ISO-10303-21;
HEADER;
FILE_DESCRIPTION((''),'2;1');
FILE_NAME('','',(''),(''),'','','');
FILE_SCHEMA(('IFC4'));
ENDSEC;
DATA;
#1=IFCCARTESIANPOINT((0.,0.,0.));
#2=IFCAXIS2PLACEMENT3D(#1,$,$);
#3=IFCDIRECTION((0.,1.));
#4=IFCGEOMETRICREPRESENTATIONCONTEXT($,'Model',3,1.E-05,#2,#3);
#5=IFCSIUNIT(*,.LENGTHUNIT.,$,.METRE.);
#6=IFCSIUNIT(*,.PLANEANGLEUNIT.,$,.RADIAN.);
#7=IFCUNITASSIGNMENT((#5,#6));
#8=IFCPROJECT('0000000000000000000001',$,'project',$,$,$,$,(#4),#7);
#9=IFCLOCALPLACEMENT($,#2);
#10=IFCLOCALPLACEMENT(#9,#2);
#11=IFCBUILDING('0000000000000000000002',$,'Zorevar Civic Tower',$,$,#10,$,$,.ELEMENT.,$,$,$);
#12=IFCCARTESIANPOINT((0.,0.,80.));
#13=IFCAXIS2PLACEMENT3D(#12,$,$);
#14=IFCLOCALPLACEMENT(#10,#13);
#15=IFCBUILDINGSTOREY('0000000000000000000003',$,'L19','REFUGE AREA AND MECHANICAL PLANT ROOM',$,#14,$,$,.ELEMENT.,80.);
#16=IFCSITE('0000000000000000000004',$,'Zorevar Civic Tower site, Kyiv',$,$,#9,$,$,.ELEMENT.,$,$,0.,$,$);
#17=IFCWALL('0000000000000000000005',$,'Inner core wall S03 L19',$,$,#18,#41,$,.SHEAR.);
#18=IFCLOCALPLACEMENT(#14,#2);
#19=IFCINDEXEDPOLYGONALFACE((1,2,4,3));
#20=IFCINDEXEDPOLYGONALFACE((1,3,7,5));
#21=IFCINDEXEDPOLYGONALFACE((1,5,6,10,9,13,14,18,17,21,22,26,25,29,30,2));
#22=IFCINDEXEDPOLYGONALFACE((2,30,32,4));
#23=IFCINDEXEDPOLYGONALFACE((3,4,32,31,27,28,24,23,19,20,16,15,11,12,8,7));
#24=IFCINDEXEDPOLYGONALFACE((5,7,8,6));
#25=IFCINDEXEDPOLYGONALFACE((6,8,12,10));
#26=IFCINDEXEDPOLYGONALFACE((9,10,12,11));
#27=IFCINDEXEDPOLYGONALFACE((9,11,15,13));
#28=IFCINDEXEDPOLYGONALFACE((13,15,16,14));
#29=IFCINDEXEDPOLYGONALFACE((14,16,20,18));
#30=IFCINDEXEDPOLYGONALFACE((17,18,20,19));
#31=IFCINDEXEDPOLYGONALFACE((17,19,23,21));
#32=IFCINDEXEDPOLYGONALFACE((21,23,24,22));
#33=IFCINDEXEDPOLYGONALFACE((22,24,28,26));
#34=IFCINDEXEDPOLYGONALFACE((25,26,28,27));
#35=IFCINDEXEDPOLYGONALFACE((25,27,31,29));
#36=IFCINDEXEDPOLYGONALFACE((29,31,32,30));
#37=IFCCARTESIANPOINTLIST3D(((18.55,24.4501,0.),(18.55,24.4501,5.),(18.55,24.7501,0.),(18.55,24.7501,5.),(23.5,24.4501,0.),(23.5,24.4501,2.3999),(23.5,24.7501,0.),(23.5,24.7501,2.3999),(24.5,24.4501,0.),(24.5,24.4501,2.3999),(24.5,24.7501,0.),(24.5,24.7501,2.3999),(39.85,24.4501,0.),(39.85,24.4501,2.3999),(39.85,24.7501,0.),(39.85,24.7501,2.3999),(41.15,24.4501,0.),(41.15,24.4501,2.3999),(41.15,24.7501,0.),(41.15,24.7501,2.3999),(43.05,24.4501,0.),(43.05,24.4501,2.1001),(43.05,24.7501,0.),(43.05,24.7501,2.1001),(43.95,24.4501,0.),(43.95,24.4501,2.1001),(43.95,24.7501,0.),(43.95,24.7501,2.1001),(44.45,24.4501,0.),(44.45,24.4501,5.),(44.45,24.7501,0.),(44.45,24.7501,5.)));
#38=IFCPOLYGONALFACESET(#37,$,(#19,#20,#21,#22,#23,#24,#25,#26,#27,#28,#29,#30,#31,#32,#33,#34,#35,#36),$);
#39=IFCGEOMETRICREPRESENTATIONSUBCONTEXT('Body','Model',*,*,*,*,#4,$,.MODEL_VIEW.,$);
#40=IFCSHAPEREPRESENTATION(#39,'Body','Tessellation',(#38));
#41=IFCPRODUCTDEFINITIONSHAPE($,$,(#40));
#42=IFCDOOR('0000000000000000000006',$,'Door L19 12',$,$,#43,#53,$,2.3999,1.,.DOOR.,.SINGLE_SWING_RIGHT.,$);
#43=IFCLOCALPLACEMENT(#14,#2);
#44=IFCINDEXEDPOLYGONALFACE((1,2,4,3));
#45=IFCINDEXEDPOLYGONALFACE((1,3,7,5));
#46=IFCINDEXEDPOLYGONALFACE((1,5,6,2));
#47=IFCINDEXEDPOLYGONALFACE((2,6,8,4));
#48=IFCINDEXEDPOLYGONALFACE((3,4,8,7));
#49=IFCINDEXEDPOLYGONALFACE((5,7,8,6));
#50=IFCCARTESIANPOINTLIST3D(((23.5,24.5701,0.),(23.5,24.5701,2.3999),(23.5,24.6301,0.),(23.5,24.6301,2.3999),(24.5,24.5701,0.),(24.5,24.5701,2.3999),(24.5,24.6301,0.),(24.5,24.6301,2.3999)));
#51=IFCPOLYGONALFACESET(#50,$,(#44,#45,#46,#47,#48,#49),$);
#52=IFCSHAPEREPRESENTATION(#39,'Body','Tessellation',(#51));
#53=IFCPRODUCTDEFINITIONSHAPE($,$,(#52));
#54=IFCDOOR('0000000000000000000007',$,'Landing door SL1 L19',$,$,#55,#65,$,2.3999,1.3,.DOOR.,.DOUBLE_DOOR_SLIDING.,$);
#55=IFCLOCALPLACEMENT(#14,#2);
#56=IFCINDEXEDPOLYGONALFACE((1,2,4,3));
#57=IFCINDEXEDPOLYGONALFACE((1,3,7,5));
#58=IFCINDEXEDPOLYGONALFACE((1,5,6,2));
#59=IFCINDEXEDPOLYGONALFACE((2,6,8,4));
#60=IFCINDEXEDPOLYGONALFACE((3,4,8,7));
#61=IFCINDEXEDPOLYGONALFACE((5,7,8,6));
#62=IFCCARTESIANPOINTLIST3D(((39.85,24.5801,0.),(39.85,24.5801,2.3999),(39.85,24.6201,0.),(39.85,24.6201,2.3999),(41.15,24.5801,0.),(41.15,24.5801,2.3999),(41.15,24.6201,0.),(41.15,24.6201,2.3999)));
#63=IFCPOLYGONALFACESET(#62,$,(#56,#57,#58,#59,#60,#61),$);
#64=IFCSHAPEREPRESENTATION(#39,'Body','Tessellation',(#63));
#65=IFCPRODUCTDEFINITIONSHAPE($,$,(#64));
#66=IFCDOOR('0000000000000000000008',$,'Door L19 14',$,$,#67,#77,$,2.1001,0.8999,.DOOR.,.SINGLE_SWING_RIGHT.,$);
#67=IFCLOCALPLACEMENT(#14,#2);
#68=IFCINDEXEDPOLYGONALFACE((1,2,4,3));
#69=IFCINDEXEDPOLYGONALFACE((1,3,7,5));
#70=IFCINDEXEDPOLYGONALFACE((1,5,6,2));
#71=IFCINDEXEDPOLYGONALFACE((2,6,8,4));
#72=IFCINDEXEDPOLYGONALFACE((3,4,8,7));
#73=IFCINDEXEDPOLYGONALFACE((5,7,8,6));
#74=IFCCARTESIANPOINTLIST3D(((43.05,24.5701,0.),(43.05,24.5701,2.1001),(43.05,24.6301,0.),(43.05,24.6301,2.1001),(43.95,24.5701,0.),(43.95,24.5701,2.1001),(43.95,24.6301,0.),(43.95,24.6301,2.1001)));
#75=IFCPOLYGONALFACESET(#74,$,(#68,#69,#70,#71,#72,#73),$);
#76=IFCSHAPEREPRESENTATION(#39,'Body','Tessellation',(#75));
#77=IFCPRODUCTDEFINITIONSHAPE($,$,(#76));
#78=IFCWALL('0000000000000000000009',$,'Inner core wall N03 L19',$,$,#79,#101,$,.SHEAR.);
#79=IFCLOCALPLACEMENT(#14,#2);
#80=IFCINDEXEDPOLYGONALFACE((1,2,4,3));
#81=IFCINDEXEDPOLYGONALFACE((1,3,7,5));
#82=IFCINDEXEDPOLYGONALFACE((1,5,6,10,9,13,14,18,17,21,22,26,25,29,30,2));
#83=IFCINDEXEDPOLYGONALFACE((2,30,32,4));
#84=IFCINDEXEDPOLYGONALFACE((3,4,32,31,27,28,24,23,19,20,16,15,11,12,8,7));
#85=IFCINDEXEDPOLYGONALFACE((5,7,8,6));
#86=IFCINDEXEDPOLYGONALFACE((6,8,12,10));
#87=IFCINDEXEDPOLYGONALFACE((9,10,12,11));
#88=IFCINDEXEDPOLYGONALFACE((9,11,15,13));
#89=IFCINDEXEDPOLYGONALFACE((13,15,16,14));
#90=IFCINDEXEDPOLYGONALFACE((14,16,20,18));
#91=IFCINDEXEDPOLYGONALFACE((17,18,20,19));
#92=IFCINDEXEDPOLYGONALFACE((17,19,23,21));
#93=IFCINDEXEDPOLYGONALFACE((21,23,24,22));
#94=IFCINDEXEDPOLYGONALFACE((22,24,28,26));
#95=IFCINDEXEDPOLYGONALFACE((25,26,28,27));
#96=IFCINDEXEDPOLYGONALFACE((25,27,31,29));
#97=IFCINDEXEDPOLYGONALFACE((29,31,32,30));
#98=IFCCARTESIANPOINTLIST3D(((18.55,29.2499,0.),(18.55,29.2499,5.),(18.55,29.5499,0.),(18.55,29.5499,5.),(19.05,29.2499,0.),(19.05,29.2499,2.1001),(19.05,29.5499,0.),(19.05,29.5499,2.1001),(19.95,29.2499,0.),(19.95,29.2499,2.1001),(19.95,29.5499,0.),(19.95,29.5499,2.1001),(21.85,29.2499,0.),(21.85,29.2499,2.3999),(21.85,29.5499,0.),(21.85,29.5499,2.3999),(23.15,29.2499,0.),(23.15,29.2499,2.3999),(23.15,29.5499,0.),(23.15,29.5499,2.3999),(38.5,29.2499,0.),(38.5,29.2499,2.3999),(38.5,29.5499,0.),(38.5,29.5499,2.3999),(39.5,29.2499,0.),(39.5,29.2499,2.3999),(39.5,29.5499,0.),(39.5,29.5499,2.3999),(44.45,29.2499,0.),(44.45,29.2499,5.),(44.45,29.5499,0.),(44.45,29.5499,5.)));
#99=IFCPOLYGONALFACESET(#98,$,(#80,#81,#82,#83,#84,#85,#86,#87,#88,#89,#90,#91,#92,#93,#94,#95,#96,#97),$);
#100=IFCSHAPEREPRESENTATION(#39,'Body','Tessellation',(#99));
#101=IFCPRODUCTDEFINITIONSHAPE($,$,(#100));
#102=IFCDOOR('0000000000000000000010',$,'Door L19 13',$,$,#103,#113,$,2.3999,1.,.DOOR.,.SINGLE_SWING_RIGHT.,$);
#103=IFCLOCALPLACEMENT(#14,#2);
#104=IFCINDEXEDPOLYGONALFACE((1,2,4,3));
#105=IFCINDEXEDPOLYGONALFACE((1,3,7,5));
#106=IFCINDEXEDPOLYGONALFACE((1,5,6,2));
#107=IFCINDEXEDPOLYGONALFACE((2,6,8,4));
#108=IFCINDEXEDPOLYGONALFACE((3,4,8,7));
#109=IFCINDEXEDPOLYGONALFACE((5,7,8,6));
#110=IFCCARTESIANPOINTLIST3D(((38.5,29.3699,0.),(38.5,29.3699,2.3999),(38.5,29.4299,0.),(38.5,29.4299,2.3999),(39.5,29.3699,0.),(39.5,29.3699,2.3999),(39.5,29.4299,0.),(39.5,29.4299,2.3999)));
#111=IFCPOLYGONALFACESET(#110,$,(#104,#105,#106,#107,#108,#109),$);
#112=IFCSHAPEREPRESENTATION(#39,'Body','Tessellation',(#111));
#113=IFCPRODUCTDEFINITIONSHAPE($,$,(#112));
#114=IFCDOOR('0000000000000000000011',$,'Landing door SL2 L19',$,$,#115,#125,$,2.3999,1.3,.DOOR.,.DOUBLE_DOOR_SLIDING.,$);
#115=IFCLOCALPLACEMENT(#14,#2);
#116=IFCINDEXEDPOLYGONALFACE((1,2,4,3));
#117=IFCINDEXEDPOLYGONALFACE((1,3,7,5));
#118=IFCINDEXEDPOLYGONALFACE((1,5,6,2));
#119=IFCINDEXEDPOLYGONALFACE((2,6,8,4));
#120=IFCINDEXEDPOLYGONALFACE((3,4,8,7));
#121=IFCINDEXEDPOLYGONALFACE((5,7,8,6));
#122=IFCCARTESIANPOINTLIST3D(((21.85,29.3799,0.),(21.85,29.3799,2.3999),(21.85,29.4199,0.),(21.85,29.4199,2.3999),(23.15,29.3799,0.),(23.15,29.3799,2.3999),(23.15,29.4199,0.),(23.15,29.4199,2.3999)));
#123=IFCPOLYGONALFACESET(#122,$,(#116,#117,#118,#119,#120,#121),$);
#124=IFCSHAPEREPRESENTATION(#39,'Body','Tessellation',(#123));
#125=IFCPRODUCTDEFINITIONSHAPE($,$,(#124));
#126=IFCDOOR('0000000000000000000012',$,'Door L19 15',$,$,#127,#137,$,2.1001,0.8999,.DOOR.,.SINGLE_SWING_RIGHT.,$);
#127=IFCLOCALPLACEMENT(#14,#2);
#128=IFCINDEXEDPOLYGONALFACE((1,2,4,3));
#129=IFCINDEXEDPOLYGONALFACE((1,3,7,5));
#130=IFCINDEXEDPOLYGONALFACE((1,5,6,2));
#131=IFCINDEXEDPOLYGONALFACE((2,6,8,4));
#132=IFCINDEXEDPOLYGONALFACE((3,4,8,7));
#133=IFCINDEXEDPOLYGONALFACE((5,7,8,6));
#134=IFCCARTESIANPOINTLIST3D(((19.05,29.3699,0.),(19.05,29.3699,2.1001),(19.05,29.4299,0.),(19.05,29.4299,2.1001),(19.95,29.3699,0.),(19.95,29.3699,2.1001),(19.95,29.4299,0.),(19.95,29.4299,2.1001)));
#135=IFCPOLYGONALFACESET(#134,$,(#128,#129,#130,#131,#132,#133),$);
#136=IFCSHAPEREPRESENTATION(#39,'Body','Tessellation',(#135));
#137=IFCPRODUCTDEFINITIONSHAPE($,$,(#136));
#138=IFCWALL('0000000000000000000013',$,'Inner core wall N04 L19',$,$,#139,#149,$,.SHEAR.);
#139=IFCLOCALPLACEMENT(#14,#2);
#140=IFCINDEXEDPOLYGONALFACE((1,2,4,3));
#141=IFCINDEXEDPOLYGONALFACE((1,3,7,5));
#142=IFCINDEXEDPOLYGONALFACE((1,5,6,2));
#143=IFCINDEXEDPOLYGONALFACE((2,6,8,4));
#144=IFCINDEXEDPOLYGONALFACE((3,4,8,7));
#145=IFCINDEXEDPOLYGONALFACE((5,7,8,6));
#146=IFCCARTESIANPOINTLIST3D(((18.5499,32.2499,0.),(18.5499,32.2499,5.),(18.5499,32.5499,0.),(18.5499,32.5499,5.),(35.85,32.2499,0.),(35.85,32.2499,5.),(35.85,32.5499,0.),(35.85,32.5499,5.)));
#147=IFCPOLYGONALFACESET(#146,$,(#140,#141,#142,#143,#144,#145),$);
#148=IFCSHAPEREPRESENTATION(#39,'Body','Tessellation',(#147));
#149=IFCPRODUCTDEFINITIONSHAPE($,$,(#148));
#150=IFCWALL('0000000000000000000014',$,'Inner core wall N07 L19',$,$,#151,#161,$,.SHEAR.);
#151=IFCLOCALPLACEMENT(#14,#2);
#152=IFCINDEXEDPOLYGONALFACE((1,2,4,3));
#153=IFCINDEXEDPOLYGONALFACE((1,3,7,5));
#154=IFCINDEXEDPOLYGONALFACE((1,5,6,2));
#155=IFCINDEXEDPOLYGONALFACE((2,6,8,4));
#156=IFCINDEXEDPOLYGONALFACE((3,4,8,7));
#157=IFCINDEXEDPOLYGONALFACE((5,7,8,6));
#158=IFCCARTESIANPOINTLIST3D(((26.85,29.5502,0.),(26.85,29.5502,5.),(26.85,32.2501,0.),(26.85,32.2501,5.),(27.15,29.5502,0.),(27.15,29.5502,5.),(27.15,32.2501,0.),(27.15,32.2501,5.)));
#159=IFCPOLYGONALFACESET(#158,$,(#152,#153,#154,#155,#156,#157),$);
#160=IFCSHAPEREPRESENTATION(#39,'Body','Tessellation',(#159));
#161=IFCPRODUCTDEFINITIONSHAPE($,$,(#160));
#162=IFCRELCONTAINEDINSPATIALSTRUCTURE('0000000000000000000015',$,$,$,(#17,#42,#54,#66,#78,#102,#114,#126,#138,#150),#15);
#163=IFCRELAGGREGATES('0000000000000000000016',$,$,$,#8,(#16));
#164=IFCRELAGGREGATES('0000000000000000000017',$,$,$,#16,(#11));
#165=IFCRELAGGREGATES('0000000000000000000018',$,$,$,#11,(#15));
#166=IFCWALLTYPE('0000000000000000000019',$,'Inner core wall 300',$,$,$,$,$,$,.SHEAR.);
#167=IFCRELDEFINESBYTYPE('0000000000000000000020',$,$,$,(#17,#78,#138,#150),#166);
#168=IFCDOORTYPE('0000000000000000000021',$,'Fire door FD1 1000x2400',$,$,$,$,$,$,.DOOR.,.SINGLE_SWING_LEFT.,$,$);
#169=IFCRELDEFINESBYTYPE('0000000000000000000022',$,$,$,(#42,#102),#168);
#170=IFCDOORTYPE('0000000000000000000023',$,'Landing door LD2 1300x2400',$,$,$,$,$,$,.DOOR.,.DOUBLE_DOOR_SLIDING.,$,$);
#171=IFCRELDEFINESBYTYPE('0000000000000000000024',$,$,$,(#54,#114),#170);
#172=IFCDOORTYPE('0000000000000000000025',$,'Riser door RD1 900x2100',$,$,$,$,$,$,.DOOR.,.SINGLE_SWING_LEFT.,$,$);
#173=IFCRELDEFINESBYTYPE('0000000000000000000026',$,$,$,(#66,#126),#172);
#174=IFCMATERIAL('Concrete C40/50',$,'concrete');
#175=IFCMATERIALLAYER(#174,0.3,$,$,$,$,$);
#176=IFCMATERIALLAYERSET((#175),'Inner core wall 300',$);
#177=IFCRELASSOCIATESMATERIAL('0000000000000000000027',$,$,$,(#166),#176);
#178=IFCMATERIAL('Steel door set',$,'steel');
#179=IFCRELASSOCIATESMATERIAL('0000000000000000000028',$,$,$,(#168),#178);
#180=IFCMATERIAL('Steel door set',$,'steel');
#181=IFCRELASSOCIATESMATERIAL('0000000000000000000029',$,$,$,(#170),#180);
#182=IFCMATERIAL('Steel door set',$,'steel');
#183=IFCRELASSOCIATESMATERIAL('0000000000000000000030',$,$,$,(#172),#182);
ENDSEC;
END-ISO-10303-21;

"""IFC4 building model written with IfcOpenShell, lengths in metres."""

from ifc_helpers import new_model, si_unit, direction, frame, frame_2d, origin, place, context, subcontext, project, spatial, rectangle, extrude, material, layer, layer_set, type_object, element, fill, save


model = new_model("IFC4")

# Units and contexts
model_context = context("Model", 3, precision=1e-05, world=origin(), true_north=direction((0.0, 1.0)))
body_context = subcontext(model_context, "Body", "Model", "MODEL_VIEW")
ifc_project = project(units=[si_unit("LENGTHUNIT", "METRE"), si_unit("PLANEANGLEUNIT", "RADIAN")], contexts=[model_context])

# Site, building, storey
site_placement = place(None, origin())
site = spatial("IfcSite", under=ifc_project, at=site_placement, Name="Zorevar Civic Tower site, Kyiv", CompositionType="ELEMENT", RefElevation=0.0)
building_placement = place(site_placement, origin())
building = spatial("IfcBuilding", under=site, at=building_placement, Name="Zorevar Civic Tower", CompositionType="ELEMENT")
storey_placement = place(building_placement, frame((0.0, 0.0, 80.0)))
storey = spatial("IfcBuildingStorey", under=building, at=storey_placement, Name="L19", Description="REFUGE AREA AND MECHANICAL PLANT ROOM", CompositionType="ELEMENT", Elevation=80.0)

# Shared definitions
ifc_material_1 = material(Name="Concrete C40/50", Category="concrete")
ifc_layer_1 = layer(ifc_material_1, 0.3)
ifc_layer_set_1 = layer_set([ifc_layer_1], Name="Inner core wall 300")
wall_type_1 = type_object("IfcWallType", Name="Inner core wall 300", PredefinedType="SHEAR", material=ifc_layer_set_1)
ifc_material_2 = material(Name="Steel door set", Category="steel")
door_type_1 = type_object("IfcDoorType", Name="Fire door FD1 1000x2400", OperationType="SINGLE_SWING_LEFT", PredefinedType="DOOR", material=ifc_material_2)

# Walls, openings, doors
wall_1_placement = place(storey_placement, frame((18.55, 24.6001, 0.0), z_axis=(0.0, 0.0, 1.0), x_axis=(1.0, 0.0, 0.0)))
wall_1 = element("IfcWall", 1, at=wall_1_placement, inside=storey, type_object=wall_type_1, Name="Inner core wall S03 L19", PredefinedType="SHEAR", context=body_context, shape_type="SweptSolid", body=[
    extrude(rectangle(XDim=25.8999, YDim=0.3, at=frame_2d((12.95, 0.0))), origin(), (0.0, 0.0, 1.0), 5.0),
])
opening_1_placement = place(wall_1_placement, frame((4.95, 0.0, 0.0)))
opening_1 = element("IfcOpeningElement", 2, at=opening_1_placement, cuts=wall_1, PredefinedType="OPENING", context=body_context, shape_type="SweptSolid", body=[
    extrude(rectangle(XDim=1.0, YDim=2.3999, at=frame_2d((0.5, 1.2))), frame((0.0, 0.1599, 0.0), z_axis=(0.0, -1.0, 0.0), x_axis=(1.0, 0.0, 0.0)), (0.0, 0.0, 1.0), 0.3201),
])
opening_2_placement = place(wall_1_placement, frame((24.5, 0.0, 0.0)))
opening_2 = element("IfcOpeningElement", 3, at=opening_2_placement, cuts=wall_1, PredefinedType="OPENING", context=body_context, shape_type="SweptSolid", body=[
    extrude(rectangle(XDim=0.8999, YDim=2.1001, at=frame_2d((0.45, 1.05))), frame((0.0, 0.1599, 0.0), z_axis=(0.0, -1.0, 0.0), x_axis=(1.0, 0.0, 0.0)), (0.0, 0.0, 1.0), 0.3201),
])
opening_3_placement = place(wall_1_placement, frame((21.3, 0.0, 0.0)))
opening_3 = element("IfcOpeningElement", 4, at=opening_3_placement, cuts=wall_1, PredefinedType="OPENING", context=body_context, shape_type="SweptSolid", body=[
    extrude(rectangle(XDim=1.3, YDim=2.3999, at=frame_2d((0.6499, 1.2))), frame((0.0, 0.1599, 0.0), z_axis=(0.0, -1.0, 0.0), x_axis=(1.0, 0.0, 0.0)), (0.0, 0.0, 1.0), 0.3201),
])
door_1_placement = place(opening_1_placement, origin())
door_1 = element("IfcDoor", 5, at=door_1_placement, inside=storey, type_object=door_type_1, Name="Door L19 12", OperationType="SINGLE_SWING_RIGHT", OverallHeight=2.3999, OverallWidth=1.0, PredefinedType="DOOR", context=body_context, shape_type="SweptSolid", body=[
    extrude(rectangle(XDim=1.0, YDim=2.3999, at=frame_2d((0.5, 1.2))), frame((0.0, 0.03, 0.0), z_axis=(0.0, -1.0, 0.0), x_axis=(1.0, 0.0, 0.0)), (0.0, 0.0, 1.0), 0.0601),
])
fill(opening_1, door_1)
ifc_material_3 = material(Name="Steel door set", Category="steel")
door_type_2 = type_object("IfcDoorType", Name="Landing door LD2 1300x2400", OperationType="DOUBLE_DOOR_SLIDING", PredefinedType="DOOR", material=ifc_material_3)
door_2_placement = place(opening_3_placement, origin())
door_2 = element("IfcDoor", 6, at=door_2_placement, inside=storey, type_object=door_type_2, Name="Landing door SL1 L19", OperationType="DOUBLE_DOOR_SLIDING", OverallHeight=2.3999, OverallWidth=1.3, PredefinedType="DOOR", context=body_context, shape_type="SweptSolid", body=[
    extrude(rectangle(XDim=1.3, YDim=2.3999, at=frame_2d((0.6499, 1.2))), frame((0.0, 0.02, 0.0), z_axis=(0.0, -1.0, 0.0), x_axis=(1.0, 0.0, 0.0)), (0.0, 0.0, 1.0), 0.04),
])
fill(opening_3, door_2)
ifc_material_4 = material(Name="Steel door set", Category="steel")
door_type_3 = type_object("IfcDoorType", Name="Riser door RD1 900x2100", OperationType="SINGLE_SWING_LEFT", PredefinedType="DOOR", material=ifc_material_4)
door_3_placement = place(opening_2_placement, origin())
door_3 = element("IfcDoor", 7, at=door_3_placement, inside=storey, type_object=door_type_3, Name="Door L19 14", OperationType="SINGLE_SWING_RIGHT", OverallHeight=2.1001, OverallWidth=0.8999, PredefinedType="DOOR", context=body_context, shape_type="SweptSolid", body=[
    extrude(rectangle(XDim=0.8999, YDim=2.1001, at=frame_2d((0.45, 1.05))), frame((0.0, 0.03, 0.0), z_axis=(0.0, -1.0, 0.0), x_axis=(1.0, 0.0, 0.0)), (0.0, 0.0, 1.0), 0.0601),
])
fill(opening_2, door_3)
wall_2_placement = place(storey_placement, frame((18.55, 29.3999, 0.0), z_axis=(0.0, 0.0, 1.0), x_axis=(1.0, 0.0, 0.0)))
wall_2 = element("IfcWall", 8, at=wall_2_placement, inside=storey, type_object=wall_type_1, Name="Inner core wall N03 L19", PredefinedType="SHEAR", context=body_context, shape_type="SweptSolid", body=[
    extrude(rectangle(XDim=25.8999, YDim=0.3, at=frame_2d((12.95, 0.0))), origin(), (0.0, 0.0, 1.0), 5.0),
])
opening_4_placement = place(wall_2_placement, frame((19.95, 0.0, 0.0)))
opening_4 = element("IfcOpeningElement", 9, at=opening_4_placement, cuts=wall_2, PredefinedType="OPENING", context=body_context, shape_type="SweptSolid", body=[
    extrude(rectangle(XDim=1.0, YDim=2.3999, at=frame_2d((0.5, 1.2))), frame((0.0, 0.1599, 0.0), z_axis=(0.0, -1.0, 0.0), x_axis=(1.0, 0.0, 0.0)), (0.0, 0.0, 1.0), 0.3201),
])
opening_5_placement = place(wall_2_placement, frame((0.5, 0.0, 0.0)))
opening_5 = element("IfcOpeningElement", 10, at=opening_5_placement, cuts=wall_2, PredefinedType="OPENING", context=body_context, shape_type="SweptSolid", body=[
    extrude(rectangle(XDim=0.8999, YDim=2.1001, at=frame_2d((0.45, 1.05))), frame((0.0, 0.1599, 0.0), z_axis=(0.0, -1.0, 0.0), x_axis=(1.0, 0.0, 0.0)), (0.0, 0.0, 1.0), 0.3201),
])
opening_6_placement = place(wall_2_placement, frame((3.3, 0.0, 0.0)))
opening_6 = element("IfcOpeningElement", 11, at=opening_6_placement, cuts=wall_2, PredefinedType="OPENING", context=body_context, shape_type="SweptSolid", body=[
    extrude(rectangle(XDim=1.3, YDim=2.3999, at=frame_2d((0.6499, 1.2))), frame((0.0, 0.1599, 0.0), z_axis=(0.0, -1.0, 0.0), x_axis=(1.0, 0.0, 0.0)), (0.0, 0.0, 1.0), 0.3201),
])
door_4_placement = place(opening_4_placement, origin())
door_4 = element("IfcDoor", 12, at=door_4_placement, inside=storey, type_object=door_type_1, Name="Door L19 13", OperationType="SINGLE_SWING_RIGHT", OverallHeight=2.3999, OverallWidth=1.0, PredefinedType="DOOR", context=body_context, shape_type="SweptSolid", body=[
    extrude(rectangle(XDim=1.0, YDim=2.3999, at=frame_2d((0.5, 1.2))), frame((0.0, 0.03, 0.0), z_axis=(0.0, -1.0, 0.0), x_axis=(1.0, 0.0, 0.0)), (0.0, 0.0, 1.0), 0.0601),
])
fill(opening_4, door_4)
door_5_placement = place(opening_6_placement, origin())
door_5 = element("IfcDoor", 13, at=door_5_placement, inside=storey, type_object=door_type_2, Name="Landing door SL2 L19", OperationType="DOUBLE_DOOR_SLIDING", OverallHeight=2.3999, OverallWidth=1.3, PredefinedType="DOOR", context=body_context, shape_type="SweptSolid", body=[
    extrude(rectangle(XDim=1.3, YDim=2.3999, at=frame_2d((0.6499, 1.2))), frame((0.0, 0.02, 0.0), z_axis=(0.0, -1.0, 0.0), x_axis=(1.0, 0.0, 0.0)), (0.0, 0.0, 1.0), 0.04),
])
fill(opening_6, door_5)
door_6_placement = place(opening_5_placement, origin())
door_6 = element("IfcDoor", 14, at=door_6_placement, inside=storey, type_object=door_type_3, Name="Door L19 15", OperationType="SINGLE_SWING_RIGHT", OverallHeight=2.1001, OverallWidth=0.8999, PredefinedType="DOOR", context=body_context, shape_type="SweptSolid", body=[
    extrude(rectangle(XDim=0.8999, YDim=2.1001, at=frame_2d((0.45, 1.05))), frame((0.0, 0.03, 0.0), z_axis=(0.0, -1.0, 0.0), x_axis=(1.0, 0.0, 0.0)), (0.0, 0.0, 1.0), 0.0601),
])
fill(opening_5, door_6)

# Walls
wall_3_placement = place(storey_placement, frame((18.55, 32.3999, 0.0), z_axis=(0.0, 0.0, 1.0), x_axis=(1.0, 0.0, 0.0)))
element("IfcWall", 15, at=wall_3_placement, inside=storey, type_object=wall_type_1, Name="Inner core wall N04 L19", PredefinedType="SHEAR", context=body_context, shape_type="SweptSolid", body=[
    extrude(rectangle(XDim=17.3, YDim=0.3, at=frame_2d((8.6499, 0.0))), origin(), (0.0, 0.0, 1.0), 5.0),
])
wall_4_placement = place(storey_placement, frame((27.0, 29.55, 0.0), z_axis=(0.0, 0.0, 1.0), x_axis=(0.0, 1.0, 0.0)))
element("IfcWall", 16, at=wall_4_placement, inside=storey, type_object=wall_type_1, Name="Inner core wall N07 L19", PredefinedType="SHEAR", context=body_context, shape_type="SweptSolid", body=[
    extrude(rectangle(XDim=2.7, YDim=0.3, at=frame_2d((1.3501, 0.0))), origin(), (0.0, 0.0, 1.0), 5.0),
])

save(model, "model.ifc")
